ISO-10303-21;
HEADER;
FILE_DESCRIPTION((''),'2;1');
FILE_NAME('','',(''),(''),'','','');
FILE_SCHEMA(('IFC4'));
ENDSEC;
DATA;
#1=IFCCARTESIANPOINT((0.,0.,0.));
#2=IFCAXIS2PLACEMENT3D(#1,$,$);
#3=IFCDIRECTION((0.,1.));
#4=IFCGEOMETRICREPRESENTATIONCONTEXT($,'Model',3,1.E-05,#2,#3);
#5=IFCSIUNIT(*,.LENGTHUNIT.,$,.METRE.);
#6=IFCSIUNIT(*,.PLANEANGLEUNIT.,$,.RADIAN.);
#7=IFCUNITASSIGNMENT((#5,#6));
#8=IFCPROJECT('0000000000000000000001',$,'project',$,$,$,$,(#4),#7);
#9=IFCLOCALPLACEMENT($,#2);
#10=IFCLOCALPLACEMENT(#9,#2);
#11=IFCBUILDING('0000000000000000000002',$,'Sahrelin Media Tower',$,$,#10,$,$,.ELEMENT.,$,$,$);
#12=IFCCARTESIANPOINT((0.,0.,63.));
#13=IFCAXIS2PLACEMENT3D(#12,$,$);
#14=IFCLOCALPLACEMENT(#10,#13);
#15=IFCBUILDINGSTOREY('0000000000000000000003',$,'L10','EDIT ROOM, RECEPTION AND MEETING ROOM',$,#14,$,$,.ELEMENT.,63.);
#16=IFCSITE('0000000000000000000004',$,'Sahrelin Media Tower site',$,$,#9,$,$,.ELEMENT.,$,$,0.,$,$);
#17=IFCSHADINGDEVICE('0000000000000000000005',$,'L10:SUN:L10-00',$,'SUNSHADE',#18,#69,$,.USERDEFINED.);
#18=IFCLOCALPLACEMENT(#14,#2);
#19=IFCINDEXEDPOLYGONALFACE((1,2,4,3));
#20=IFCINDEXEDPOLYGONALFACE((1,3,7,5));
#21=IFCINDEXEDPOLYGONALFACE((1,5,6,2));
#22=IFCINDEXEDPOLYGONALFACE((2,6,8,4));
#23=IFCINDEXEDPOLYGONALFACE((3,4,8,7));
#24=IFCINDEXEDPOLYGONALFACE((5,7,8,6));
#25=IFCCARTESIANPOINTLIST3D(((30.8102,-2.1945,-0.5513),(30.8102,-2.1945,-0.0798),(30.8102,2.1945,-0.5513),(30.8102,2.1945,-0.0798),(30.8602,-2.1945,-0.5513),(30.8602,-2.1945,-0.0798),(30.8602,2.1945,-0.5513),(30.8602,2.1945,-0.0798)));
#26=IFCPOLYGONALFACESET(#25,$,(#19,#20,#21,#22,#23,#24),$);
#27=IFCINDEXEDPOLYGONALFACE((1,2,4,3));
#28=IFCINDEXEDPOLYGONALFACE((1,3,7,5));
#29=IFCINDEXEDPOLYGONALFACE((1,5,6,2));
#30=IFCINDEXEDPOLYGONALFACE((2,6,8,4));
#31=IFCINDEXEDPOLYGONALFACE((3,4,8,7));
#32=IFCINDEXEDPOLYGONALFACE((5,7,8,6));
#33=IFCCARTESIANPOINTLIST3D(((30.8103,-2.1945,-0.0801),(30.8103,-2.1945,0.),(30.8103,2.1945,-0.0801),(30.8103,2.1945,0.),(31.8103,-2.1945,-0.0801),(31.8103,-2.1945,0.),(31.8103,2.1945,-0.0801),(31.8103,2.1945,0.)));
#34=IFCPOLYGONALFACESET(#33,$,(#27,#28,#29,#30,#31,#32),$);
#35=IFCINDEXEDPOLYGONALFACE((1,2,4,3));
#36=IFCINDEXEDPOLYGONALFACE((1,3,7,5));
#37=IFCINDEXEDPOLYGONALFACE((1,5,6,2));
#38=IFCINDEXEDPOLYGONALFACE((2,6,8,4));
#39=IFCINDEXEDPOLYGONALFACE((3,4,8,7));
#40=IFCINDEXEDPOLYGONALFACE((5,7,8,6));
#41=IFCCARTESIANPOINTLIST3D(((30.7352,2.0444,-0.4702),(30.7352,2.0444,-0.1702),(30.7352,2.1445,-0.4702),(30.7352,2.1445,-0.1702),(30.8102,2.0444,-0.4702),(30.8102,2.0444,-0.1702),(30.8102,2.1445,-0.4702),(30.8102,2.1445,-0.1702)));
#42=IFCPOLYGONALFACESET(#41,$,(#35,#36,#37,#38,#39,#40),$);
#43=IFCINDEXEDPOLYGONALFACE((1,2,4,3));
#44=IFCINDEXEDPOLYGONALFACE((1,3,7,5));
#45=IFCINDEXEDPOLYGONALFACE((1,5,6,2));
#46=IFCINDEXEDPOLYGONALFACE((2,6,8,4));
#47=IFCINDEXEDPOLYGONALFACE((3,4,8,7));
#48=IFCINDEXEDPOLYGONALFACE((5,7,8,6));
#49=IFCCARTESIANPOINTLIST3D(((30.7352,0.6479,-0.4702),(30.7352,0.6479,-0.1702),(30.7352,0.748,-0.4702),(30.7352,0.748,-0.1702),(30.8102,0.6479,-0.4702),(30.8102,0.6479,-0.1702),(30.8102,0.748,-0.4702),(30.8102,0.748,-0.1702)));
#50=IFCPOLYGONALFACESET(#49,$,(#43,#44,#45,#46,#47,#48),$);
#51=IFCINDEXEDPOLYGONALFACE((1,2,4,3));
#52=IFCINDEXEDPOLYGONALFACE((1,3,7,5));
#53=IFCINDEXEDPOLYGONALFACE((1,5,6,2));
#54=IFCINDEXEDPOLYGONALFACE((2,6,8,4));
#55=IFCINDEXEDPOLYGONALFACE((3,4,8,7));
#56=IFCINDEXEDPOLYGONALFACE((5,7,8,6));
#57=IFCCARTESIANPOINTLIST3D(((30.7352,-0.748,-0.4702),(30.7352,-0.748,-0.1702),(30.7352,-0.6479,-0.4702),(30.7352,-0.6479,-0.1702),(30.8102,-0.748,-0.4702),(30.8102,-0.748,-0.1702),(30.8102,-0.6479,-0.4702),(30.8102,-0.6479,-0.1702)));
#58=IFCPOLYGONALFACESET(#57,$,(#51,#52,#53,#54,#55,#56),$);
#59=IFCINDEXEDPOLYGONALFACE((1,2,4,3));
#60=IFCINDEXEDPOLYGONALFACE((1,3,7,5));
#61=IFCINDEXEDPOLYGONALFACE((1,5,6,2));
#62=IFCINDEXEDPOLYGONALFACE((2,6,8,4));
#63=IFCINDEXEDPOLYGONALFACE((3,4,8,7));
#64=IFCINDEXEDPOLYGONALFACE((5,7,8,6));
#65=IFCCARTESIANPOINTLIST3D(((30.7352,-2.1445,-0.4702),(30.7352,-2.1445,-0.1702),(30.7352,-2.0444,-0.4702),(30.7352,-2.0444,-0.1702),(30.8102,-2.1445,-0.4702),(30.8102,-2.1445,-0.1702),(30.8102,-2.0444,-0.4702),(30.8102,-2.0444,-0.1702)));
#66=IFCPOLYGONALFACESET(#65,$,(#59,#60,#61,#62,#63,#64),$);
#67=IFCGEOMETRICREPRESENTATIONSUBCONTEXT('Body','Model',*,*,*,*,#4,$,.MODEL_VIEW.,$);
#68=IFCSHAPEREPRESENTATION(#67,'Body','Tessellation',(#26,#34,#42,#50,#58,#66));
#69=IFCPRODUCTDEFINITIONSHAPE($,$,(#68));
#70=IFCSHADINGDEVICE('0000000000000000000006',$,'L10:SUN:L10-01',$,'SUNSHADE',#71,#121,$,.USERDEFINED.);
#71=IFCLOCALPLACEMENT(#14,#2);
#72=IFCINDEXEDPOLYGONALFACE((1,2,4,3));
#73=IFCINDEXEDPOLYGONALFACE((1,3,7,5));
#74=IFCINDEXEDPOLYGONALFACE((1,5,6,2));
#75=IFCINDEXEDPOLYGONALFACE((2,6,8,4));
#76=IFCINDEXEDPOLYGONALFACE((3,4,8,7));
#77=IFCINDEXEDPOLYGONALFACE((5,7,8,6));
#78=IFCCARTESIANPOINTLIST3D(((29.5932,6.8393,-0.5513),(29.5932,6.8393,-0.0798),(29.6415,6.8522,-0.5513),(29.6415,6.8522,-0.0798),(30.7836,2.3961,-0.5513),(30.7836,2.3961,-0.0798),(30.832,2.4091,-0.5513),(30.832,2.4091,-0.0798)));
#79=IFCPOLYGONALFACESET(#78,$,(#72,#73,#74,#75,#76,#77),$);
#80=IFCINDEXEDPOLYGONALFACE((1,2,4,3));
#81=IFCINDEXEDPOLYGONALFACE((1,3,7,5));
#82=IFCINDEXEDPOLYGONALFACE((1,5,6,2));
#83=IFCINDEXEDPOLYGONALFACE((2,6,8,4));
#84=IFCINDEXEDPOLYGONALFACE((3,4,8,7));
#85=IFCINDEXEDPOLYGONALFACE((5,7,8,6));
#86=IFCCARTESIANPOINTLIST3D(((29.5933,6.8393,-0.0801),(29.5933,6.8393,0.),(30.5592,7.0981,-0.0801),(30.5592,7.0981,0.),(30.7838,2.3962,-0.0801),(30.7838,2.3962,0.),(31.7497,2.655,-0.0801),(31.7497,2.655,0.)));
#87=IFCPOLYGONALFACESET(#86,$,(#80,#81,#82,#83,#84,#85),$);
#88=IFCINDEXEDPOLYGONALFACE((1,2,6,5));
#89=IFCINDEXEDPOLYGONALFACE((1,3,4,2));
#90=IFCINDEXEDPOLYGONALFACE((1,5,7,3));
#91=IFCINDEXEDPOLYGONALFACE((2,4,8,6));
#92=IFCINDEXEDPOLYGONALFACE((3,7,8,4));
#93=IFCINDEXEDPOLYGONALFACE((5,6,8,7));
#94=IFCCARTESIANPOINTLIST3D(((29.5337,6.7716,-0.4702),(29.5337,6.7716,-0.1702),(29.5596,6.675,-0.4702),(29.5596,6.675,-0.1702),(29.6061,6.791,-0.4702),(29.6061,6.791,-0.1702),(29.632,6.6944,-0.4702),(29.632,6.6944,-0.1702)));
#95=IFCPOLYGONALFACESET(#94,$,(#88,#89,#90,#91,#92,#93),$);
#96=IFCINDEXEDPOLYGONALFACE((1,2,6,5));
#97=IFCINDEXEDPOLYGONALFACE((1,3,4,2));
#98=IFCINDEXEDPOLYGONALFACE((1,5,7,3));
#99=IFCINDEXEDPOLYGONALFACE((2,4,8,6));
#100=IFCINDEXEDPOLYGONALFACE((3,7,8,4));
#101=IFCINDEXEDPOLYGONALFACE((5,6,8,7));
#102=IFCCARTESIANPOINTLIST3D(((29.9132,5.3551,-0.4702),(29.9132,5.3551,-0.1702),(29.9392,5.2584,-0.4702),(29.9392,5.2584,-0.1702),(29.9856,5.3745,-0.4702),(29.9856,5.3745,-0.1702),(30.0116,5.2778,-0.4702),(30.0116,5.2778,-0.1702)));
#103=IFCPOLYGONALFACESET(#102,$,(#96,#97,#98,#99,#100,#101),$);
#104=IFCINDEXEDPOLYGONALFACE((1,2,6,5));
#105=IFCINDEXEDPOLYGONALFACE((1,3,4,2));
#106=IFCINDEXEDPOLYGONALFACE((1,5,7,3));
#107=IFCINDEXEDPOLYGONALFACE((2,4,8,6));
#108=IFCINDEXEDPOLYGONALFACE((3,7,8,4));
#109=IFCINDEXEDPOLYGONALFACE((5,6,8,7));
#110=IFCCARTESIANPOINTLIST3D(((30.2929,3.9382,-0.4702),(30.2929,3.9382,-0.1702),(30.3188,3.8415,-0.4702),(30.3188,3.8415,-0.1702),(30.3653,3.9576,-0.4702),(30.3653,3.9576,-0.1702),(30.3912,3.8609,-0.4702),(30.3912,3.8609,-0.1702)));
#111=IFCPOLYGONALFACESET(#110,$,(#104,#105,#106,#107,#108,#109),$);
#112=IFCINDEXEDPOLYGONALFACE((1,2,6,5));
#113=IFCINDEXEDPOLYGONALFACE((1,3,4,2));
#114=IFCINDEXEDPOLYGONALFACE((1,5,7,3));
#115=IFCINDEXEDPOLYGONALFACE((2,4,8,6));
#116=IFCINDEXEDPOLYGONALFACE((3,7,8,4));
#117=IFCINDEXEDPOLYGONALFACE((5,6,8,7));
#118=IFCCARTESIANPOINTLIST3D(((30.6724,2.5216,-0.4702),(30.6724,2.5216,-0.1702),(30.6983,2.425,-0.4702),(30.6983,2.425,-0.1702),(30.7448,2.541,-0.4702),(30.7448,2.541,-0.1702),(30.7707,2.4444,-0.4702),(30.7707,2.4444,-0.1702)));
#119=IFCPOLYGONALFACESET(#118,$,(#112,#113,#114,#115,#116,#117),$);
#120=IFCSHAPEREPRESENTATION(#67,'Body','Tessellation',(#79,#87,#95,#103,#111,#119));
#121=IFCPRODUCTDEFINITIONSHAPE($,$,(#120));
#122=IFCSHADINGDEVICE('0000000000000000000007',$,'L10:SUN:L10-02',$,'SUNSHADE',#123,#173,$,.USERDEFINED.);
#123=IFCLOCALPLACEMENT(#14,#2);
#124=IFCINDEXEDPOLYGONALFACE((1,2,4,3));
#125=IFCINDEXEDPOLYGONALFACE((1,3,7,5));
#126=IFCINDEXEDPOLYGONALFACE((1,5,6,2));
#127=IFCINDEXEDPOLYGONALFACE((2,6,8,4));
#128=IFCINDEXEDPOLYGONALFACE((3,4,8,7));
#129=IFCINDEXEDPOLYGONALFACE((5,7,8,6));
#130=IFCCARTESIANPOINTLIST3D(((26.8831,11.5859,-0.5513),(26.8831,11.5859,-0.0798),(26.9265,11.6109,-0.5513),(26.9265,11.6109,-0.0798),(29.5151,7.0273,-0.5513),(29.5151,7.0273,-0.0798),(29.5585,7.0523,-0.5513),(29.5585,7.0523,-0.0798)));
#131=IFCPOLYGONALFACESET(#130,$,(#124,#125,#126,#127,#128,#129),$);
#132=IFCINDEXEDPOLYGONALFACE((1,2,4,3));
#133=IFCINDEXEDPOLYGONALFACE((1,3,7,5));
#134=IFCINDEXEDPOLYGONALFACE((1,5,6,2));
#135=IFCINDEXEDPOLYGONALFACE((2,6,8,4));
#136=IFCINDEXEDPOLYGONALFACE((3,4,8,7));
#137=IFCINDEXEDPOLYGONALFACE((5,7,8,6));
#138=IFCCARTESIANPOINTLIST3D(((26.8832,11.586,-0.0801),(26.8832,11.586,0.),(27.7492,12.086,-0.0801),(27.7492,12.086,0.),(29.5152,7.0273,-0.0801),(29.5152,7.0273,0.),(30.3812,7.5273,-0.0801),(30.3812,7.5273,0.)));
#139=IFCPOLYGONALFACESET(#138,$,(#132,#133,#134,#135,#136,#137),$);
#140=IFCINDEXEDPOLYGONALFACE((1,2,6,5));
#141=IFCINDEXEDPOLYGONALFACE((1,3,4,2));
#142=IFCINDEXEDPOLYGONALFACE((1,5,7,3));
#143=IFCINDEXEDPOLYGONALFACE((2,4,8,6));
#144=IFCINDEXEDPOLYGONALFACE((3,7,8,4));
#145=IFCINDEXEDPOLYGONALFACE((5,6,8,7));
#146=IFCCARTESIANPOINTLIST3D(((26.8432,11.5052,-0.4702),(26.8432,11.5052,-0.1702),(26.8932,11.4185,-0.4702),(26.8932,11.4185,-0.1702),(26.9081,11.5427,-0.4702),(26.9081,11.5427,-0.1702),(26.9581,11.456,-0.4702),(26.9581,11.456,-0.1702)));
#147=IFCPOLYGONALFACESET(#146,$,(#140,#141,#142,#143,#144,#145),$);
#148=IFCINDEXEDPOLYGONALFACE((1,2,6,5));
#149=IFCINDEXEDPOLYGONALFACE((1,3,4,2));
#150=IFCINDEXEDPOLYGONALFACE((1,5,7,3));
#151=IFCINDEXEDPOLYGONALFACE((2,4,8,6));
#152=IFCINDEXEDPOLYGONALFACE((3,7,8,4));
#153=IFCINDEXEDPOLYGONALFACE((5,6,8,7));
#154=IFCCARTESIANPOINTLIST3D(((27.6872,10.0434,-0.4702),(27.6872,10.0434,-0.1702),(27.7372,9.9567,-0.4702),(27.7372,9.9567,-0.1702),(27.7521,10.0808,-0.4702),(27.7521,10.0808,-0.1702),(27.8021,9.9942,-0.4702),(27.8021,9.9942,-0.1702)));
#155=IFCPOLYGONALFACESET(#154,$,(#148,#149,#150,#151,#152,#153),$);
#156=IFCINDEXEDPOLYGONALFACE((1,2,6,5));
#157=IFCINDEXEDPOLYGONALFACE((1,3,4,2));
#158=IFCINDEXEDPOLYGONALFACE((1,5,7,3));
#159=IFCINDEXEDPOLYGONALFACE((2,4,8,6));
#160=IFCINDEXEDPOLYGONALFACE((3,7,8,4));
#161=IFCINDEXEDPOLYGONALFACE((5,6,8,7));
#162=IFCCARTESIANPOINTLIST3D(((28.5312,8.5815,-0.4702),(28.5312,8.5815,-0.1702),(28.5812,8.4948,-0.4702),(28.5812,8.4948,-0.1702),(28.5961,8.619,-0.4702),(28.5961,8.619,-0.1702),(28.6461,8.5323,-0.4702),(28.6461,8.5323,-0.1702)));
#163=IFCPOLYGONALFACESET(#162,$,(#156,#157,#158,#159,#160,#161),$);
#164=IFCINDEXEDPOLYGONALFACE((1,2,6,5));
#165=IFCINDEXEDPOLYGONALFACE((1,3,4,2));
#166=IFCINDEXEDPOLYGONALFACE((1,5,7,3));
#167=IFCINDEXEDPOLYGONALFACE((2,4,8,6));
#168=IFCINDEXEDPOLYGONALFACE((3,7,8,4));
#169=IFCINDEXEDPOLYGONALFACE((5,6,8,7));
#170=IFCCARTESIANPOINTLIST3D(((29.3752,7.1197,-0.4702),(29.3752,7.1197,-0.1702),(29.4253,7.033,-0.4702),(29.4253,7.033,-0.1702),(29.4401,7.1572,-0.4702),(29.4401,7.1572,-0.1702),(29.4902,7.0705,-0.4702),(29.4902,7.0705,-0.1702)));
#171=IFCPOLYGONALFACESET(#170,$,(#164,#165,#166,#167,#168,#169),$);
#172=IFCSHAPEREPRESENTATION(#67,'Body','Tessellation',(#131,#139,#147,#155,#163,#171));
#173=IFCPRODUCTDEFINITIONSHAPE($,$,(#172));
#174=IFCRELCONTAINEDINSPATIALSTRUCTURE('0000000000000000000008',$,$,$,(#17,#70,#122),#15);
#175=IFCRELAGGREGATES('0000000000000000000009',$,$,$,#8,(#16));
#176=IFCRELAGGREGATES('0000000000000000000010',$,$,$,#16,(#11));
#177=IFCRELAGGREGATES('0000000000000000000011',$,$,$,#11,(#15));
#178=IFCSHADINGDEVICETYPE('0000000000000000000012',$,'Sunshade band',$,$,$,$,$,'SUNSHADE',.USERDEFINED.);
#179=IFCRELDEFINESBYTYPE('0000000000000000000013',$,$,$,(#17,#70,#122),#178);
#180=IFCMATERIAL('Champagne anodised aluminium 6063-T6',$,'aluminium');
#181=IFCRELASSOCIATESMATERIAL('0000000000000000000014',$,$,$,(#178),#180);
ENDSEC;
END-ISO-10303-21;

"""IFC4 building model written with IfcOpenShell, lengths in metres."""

from ifc_helpers import new_model, si_unit, direction, frame, origin, origin_2d, place, context, subcontext, project, spatial, rectangle, extrude, material, type_object, element, save


model = new_model("IFC4")

# Units and contexts
model_context = context("Model", 3, precision=1e-05, world=origin(), true_north=direction((0.0, 1.0)))
body_context = subcontext(model_context, "Body", "Model", "MODEL_VIEW")
ifc_project = project(units=[si_unit("LENGTHUNIT", "METRE"), si_unit("PLANEANGLEUNIT", "RADIAN")], contexts=[model_context])

# Site, building, storey
site_placement = place(None, origin())
site = spatial("IfcSite", under=ifc_project, at=site_placement, Name="Sahrelin Media Tower site", CompositionType="ELEMENT", RefElevation=0.0)
building_placement = place(site_placement, origin())
building = spatial("IfcBuilding", under=site, at=building_placement, Name="Sahrelin Media Tower", CompositionType="ELEMENT")
storey_placement = place(building_placement, frame((0.0, 0.0, 63.0)))
storey = spatial("IfcBuildingStorey", under=building, at=storey_placement, Name="L10", Description="EDIT ROOM, RECEPTION AND MEETING ROOM", CompositionType="ELEMENT", Elevation=63.0)

# Shared definitions
ifc_material_1 = material(Name="Champagne anodised aluminium 6063-T6", Category="aluminium")

# Shading devices
placement_1 = place(storey_placement, frame((30.7903, 0.0, 0.0), z_axis=(0.0, 0.0, 1.0), x_axis=(0.0, -1.0, 0.0)))
placement_2 = place(storey_placement, frame((30.1692, 4.6125, 0.0), z_axis=(0.0, 0.0, 1.0), x_axis=(0.258808, -0.965929, 0.0)))
placement_3 = place(storey_placement, frame((28.1819, 9.2966, 0.0), z_axis=(0.0, 0.0, 1.0), x_axis=(0.500011, -0.866019, 0.0)))
shading_device_type_1 = type_object("IfcShadingDeviceType", Name="Sunshade band", ElementType="SUNSHADE", PredefinedType="USERDEFINED", material=ifc_material_1)
element("IfcShadingDevice", 1, at=placement_1, inside=storey, type_object=shading_device_type_1, Name="L10:SUN:L10-00", ObjectType="SUNSHADE", PredefinedType="USERDEFINED", context=body_context, shape_type="SweptSolid", body=[
    extrude(rectangle(XDim=4.3889, YDim=0.05, at=origin_2d()), frame((0.0, 0.0449, -0.5513)), (0.0, 0.0, 1.0), 0.4714),
    extrude(rectangle(XDim=4.3889, YDim=1.0, at=origin_2d()), frame((0.0, 0.52, -0.0801)), (0.0, 0.0, 1.0), 0.0801),
    extrude(rectangle(XDim=0.1001, YDim=0.075, at=origin_2d()), frame((-2.0945, -0.0176, -0.4702)), (0.0, 0.0, 1.0), 0.3),
    extrude(rectangle(XDim=0.1001, YDim=0.075, at=origin_2d()), frame((-0.698, -0.0176, -0.4702)), (0.0, 0.0, 1.0), 0.3),
    extrude(rectangle(XDim=0.1001, YDim=0.075, at=origin_2d()), frame((0.698, -0.0176, -0.4702)), (0.0, 0.0, 1.0), 0.3),
    extrude(rectangle(XDim=0.1001, YDim=0.075, at=origin_2d()), frame((2.0945, -0.0176, -0.4702)), (0.0, 0.0, 1.0), 0.3),
])
element("IfcShadingDevice", 2, at=placement_2, inside=storey, type_object=shading_device_type_1, Name="L10:SUN:L10-01", ObjectType="SUNSHADE", PredefinedType="USERDEFINED", context=body_context, shape_type="SweptSolid", body=[
    extrude(rectangle(XDim=4.5999, YDim=0.05, at=origin_2d()), frame((0.0, 0.0449, -0.5513)), (0.0, 0.0, 1.0), 0.4714),
    extrude(rectangle(XDim=4.5999, YDim=1.0, at=origin_2d()), frame((0.0, 0.52, -0.0801)), (0.0, 0.0, 1.0), 0.0801),
    extrude(rectangle(XDim=0.1001, YDim=0.075, at=origin_2d()), frame((-2.2, -0.0176, -0.4702)), (0.0, 0.0, 1.0), 0.3),
    extrude(rectangle(XDim=0.1001, YDim=0.075, at=origin_2d()), frame((-0.7334, -0.0176, -0.4702)), (0.0, 0.0, 1.0), 0.3),
    extrude(rectangle(XDim=0.1001, YDim=0.075, at=origin_2d()), frame((0.7334, -0.0176, -0.4702)), (0.0, 0.0, 1.0), 0.3),
    extrude(rectangle(XDim=0.1001, YDim=0.075, at=origin_2d()), frame((2.2, -0.0176, -0.4702)), (0.0, 0.0, 1.0), 0.3),
])
element("IfcShadingDevice", 3, at=placement_3, inside=storey, type_object=shading_device_type_1, Name="L10:SUN:L10-02", ObjectType="SUNSHADE", PredefinedType="USERDEFINED", context=body_context, shape_type="SweptSolid", body=[
    extrude(rectangle(XDim=5.2639, YDim=0.05, at=origin_2d()), frame((0.0, 0.0449, -0.5513)), (0.0, 0.0, 1.0), 0.4714),
    extrude(rectangle(XDim=5.2639, YDim=1.0, at=origin_2d()), frame((0.0, 0.52, -0.0801)), (0.0, 0.0, 1.0), 0.0801),
    extrude(rectangle(XDim=0.1001, YDim=0.075, at=origin_2d()), frame((-2.532, -0.0176, -0.4702)), (0.0, 0.0, 1.0), 0.3),
    extrude(rectangle(XDim=0.1001, YDim=0.075, at=origin_2d()), frame((-0.844, -0.0176, -0.4702)), (0.0, 0.0, 1.0), 0.3),
    extrude(rectangle(XDim=0.1001, YDim=0.075, at=origin_2d()), frame((0.844, -0.0176, -0.4702)), (0.0, 0.0, 1.0), 0.3),
    extrude(rectangle(XDim=0.1001, YDim=0.075, at=origin_2d()), frame((2.532, -0.0176, -0.4702)), (0.0, 0.0, 1.0), 0.3),
])

save(model, "model.ifc")
